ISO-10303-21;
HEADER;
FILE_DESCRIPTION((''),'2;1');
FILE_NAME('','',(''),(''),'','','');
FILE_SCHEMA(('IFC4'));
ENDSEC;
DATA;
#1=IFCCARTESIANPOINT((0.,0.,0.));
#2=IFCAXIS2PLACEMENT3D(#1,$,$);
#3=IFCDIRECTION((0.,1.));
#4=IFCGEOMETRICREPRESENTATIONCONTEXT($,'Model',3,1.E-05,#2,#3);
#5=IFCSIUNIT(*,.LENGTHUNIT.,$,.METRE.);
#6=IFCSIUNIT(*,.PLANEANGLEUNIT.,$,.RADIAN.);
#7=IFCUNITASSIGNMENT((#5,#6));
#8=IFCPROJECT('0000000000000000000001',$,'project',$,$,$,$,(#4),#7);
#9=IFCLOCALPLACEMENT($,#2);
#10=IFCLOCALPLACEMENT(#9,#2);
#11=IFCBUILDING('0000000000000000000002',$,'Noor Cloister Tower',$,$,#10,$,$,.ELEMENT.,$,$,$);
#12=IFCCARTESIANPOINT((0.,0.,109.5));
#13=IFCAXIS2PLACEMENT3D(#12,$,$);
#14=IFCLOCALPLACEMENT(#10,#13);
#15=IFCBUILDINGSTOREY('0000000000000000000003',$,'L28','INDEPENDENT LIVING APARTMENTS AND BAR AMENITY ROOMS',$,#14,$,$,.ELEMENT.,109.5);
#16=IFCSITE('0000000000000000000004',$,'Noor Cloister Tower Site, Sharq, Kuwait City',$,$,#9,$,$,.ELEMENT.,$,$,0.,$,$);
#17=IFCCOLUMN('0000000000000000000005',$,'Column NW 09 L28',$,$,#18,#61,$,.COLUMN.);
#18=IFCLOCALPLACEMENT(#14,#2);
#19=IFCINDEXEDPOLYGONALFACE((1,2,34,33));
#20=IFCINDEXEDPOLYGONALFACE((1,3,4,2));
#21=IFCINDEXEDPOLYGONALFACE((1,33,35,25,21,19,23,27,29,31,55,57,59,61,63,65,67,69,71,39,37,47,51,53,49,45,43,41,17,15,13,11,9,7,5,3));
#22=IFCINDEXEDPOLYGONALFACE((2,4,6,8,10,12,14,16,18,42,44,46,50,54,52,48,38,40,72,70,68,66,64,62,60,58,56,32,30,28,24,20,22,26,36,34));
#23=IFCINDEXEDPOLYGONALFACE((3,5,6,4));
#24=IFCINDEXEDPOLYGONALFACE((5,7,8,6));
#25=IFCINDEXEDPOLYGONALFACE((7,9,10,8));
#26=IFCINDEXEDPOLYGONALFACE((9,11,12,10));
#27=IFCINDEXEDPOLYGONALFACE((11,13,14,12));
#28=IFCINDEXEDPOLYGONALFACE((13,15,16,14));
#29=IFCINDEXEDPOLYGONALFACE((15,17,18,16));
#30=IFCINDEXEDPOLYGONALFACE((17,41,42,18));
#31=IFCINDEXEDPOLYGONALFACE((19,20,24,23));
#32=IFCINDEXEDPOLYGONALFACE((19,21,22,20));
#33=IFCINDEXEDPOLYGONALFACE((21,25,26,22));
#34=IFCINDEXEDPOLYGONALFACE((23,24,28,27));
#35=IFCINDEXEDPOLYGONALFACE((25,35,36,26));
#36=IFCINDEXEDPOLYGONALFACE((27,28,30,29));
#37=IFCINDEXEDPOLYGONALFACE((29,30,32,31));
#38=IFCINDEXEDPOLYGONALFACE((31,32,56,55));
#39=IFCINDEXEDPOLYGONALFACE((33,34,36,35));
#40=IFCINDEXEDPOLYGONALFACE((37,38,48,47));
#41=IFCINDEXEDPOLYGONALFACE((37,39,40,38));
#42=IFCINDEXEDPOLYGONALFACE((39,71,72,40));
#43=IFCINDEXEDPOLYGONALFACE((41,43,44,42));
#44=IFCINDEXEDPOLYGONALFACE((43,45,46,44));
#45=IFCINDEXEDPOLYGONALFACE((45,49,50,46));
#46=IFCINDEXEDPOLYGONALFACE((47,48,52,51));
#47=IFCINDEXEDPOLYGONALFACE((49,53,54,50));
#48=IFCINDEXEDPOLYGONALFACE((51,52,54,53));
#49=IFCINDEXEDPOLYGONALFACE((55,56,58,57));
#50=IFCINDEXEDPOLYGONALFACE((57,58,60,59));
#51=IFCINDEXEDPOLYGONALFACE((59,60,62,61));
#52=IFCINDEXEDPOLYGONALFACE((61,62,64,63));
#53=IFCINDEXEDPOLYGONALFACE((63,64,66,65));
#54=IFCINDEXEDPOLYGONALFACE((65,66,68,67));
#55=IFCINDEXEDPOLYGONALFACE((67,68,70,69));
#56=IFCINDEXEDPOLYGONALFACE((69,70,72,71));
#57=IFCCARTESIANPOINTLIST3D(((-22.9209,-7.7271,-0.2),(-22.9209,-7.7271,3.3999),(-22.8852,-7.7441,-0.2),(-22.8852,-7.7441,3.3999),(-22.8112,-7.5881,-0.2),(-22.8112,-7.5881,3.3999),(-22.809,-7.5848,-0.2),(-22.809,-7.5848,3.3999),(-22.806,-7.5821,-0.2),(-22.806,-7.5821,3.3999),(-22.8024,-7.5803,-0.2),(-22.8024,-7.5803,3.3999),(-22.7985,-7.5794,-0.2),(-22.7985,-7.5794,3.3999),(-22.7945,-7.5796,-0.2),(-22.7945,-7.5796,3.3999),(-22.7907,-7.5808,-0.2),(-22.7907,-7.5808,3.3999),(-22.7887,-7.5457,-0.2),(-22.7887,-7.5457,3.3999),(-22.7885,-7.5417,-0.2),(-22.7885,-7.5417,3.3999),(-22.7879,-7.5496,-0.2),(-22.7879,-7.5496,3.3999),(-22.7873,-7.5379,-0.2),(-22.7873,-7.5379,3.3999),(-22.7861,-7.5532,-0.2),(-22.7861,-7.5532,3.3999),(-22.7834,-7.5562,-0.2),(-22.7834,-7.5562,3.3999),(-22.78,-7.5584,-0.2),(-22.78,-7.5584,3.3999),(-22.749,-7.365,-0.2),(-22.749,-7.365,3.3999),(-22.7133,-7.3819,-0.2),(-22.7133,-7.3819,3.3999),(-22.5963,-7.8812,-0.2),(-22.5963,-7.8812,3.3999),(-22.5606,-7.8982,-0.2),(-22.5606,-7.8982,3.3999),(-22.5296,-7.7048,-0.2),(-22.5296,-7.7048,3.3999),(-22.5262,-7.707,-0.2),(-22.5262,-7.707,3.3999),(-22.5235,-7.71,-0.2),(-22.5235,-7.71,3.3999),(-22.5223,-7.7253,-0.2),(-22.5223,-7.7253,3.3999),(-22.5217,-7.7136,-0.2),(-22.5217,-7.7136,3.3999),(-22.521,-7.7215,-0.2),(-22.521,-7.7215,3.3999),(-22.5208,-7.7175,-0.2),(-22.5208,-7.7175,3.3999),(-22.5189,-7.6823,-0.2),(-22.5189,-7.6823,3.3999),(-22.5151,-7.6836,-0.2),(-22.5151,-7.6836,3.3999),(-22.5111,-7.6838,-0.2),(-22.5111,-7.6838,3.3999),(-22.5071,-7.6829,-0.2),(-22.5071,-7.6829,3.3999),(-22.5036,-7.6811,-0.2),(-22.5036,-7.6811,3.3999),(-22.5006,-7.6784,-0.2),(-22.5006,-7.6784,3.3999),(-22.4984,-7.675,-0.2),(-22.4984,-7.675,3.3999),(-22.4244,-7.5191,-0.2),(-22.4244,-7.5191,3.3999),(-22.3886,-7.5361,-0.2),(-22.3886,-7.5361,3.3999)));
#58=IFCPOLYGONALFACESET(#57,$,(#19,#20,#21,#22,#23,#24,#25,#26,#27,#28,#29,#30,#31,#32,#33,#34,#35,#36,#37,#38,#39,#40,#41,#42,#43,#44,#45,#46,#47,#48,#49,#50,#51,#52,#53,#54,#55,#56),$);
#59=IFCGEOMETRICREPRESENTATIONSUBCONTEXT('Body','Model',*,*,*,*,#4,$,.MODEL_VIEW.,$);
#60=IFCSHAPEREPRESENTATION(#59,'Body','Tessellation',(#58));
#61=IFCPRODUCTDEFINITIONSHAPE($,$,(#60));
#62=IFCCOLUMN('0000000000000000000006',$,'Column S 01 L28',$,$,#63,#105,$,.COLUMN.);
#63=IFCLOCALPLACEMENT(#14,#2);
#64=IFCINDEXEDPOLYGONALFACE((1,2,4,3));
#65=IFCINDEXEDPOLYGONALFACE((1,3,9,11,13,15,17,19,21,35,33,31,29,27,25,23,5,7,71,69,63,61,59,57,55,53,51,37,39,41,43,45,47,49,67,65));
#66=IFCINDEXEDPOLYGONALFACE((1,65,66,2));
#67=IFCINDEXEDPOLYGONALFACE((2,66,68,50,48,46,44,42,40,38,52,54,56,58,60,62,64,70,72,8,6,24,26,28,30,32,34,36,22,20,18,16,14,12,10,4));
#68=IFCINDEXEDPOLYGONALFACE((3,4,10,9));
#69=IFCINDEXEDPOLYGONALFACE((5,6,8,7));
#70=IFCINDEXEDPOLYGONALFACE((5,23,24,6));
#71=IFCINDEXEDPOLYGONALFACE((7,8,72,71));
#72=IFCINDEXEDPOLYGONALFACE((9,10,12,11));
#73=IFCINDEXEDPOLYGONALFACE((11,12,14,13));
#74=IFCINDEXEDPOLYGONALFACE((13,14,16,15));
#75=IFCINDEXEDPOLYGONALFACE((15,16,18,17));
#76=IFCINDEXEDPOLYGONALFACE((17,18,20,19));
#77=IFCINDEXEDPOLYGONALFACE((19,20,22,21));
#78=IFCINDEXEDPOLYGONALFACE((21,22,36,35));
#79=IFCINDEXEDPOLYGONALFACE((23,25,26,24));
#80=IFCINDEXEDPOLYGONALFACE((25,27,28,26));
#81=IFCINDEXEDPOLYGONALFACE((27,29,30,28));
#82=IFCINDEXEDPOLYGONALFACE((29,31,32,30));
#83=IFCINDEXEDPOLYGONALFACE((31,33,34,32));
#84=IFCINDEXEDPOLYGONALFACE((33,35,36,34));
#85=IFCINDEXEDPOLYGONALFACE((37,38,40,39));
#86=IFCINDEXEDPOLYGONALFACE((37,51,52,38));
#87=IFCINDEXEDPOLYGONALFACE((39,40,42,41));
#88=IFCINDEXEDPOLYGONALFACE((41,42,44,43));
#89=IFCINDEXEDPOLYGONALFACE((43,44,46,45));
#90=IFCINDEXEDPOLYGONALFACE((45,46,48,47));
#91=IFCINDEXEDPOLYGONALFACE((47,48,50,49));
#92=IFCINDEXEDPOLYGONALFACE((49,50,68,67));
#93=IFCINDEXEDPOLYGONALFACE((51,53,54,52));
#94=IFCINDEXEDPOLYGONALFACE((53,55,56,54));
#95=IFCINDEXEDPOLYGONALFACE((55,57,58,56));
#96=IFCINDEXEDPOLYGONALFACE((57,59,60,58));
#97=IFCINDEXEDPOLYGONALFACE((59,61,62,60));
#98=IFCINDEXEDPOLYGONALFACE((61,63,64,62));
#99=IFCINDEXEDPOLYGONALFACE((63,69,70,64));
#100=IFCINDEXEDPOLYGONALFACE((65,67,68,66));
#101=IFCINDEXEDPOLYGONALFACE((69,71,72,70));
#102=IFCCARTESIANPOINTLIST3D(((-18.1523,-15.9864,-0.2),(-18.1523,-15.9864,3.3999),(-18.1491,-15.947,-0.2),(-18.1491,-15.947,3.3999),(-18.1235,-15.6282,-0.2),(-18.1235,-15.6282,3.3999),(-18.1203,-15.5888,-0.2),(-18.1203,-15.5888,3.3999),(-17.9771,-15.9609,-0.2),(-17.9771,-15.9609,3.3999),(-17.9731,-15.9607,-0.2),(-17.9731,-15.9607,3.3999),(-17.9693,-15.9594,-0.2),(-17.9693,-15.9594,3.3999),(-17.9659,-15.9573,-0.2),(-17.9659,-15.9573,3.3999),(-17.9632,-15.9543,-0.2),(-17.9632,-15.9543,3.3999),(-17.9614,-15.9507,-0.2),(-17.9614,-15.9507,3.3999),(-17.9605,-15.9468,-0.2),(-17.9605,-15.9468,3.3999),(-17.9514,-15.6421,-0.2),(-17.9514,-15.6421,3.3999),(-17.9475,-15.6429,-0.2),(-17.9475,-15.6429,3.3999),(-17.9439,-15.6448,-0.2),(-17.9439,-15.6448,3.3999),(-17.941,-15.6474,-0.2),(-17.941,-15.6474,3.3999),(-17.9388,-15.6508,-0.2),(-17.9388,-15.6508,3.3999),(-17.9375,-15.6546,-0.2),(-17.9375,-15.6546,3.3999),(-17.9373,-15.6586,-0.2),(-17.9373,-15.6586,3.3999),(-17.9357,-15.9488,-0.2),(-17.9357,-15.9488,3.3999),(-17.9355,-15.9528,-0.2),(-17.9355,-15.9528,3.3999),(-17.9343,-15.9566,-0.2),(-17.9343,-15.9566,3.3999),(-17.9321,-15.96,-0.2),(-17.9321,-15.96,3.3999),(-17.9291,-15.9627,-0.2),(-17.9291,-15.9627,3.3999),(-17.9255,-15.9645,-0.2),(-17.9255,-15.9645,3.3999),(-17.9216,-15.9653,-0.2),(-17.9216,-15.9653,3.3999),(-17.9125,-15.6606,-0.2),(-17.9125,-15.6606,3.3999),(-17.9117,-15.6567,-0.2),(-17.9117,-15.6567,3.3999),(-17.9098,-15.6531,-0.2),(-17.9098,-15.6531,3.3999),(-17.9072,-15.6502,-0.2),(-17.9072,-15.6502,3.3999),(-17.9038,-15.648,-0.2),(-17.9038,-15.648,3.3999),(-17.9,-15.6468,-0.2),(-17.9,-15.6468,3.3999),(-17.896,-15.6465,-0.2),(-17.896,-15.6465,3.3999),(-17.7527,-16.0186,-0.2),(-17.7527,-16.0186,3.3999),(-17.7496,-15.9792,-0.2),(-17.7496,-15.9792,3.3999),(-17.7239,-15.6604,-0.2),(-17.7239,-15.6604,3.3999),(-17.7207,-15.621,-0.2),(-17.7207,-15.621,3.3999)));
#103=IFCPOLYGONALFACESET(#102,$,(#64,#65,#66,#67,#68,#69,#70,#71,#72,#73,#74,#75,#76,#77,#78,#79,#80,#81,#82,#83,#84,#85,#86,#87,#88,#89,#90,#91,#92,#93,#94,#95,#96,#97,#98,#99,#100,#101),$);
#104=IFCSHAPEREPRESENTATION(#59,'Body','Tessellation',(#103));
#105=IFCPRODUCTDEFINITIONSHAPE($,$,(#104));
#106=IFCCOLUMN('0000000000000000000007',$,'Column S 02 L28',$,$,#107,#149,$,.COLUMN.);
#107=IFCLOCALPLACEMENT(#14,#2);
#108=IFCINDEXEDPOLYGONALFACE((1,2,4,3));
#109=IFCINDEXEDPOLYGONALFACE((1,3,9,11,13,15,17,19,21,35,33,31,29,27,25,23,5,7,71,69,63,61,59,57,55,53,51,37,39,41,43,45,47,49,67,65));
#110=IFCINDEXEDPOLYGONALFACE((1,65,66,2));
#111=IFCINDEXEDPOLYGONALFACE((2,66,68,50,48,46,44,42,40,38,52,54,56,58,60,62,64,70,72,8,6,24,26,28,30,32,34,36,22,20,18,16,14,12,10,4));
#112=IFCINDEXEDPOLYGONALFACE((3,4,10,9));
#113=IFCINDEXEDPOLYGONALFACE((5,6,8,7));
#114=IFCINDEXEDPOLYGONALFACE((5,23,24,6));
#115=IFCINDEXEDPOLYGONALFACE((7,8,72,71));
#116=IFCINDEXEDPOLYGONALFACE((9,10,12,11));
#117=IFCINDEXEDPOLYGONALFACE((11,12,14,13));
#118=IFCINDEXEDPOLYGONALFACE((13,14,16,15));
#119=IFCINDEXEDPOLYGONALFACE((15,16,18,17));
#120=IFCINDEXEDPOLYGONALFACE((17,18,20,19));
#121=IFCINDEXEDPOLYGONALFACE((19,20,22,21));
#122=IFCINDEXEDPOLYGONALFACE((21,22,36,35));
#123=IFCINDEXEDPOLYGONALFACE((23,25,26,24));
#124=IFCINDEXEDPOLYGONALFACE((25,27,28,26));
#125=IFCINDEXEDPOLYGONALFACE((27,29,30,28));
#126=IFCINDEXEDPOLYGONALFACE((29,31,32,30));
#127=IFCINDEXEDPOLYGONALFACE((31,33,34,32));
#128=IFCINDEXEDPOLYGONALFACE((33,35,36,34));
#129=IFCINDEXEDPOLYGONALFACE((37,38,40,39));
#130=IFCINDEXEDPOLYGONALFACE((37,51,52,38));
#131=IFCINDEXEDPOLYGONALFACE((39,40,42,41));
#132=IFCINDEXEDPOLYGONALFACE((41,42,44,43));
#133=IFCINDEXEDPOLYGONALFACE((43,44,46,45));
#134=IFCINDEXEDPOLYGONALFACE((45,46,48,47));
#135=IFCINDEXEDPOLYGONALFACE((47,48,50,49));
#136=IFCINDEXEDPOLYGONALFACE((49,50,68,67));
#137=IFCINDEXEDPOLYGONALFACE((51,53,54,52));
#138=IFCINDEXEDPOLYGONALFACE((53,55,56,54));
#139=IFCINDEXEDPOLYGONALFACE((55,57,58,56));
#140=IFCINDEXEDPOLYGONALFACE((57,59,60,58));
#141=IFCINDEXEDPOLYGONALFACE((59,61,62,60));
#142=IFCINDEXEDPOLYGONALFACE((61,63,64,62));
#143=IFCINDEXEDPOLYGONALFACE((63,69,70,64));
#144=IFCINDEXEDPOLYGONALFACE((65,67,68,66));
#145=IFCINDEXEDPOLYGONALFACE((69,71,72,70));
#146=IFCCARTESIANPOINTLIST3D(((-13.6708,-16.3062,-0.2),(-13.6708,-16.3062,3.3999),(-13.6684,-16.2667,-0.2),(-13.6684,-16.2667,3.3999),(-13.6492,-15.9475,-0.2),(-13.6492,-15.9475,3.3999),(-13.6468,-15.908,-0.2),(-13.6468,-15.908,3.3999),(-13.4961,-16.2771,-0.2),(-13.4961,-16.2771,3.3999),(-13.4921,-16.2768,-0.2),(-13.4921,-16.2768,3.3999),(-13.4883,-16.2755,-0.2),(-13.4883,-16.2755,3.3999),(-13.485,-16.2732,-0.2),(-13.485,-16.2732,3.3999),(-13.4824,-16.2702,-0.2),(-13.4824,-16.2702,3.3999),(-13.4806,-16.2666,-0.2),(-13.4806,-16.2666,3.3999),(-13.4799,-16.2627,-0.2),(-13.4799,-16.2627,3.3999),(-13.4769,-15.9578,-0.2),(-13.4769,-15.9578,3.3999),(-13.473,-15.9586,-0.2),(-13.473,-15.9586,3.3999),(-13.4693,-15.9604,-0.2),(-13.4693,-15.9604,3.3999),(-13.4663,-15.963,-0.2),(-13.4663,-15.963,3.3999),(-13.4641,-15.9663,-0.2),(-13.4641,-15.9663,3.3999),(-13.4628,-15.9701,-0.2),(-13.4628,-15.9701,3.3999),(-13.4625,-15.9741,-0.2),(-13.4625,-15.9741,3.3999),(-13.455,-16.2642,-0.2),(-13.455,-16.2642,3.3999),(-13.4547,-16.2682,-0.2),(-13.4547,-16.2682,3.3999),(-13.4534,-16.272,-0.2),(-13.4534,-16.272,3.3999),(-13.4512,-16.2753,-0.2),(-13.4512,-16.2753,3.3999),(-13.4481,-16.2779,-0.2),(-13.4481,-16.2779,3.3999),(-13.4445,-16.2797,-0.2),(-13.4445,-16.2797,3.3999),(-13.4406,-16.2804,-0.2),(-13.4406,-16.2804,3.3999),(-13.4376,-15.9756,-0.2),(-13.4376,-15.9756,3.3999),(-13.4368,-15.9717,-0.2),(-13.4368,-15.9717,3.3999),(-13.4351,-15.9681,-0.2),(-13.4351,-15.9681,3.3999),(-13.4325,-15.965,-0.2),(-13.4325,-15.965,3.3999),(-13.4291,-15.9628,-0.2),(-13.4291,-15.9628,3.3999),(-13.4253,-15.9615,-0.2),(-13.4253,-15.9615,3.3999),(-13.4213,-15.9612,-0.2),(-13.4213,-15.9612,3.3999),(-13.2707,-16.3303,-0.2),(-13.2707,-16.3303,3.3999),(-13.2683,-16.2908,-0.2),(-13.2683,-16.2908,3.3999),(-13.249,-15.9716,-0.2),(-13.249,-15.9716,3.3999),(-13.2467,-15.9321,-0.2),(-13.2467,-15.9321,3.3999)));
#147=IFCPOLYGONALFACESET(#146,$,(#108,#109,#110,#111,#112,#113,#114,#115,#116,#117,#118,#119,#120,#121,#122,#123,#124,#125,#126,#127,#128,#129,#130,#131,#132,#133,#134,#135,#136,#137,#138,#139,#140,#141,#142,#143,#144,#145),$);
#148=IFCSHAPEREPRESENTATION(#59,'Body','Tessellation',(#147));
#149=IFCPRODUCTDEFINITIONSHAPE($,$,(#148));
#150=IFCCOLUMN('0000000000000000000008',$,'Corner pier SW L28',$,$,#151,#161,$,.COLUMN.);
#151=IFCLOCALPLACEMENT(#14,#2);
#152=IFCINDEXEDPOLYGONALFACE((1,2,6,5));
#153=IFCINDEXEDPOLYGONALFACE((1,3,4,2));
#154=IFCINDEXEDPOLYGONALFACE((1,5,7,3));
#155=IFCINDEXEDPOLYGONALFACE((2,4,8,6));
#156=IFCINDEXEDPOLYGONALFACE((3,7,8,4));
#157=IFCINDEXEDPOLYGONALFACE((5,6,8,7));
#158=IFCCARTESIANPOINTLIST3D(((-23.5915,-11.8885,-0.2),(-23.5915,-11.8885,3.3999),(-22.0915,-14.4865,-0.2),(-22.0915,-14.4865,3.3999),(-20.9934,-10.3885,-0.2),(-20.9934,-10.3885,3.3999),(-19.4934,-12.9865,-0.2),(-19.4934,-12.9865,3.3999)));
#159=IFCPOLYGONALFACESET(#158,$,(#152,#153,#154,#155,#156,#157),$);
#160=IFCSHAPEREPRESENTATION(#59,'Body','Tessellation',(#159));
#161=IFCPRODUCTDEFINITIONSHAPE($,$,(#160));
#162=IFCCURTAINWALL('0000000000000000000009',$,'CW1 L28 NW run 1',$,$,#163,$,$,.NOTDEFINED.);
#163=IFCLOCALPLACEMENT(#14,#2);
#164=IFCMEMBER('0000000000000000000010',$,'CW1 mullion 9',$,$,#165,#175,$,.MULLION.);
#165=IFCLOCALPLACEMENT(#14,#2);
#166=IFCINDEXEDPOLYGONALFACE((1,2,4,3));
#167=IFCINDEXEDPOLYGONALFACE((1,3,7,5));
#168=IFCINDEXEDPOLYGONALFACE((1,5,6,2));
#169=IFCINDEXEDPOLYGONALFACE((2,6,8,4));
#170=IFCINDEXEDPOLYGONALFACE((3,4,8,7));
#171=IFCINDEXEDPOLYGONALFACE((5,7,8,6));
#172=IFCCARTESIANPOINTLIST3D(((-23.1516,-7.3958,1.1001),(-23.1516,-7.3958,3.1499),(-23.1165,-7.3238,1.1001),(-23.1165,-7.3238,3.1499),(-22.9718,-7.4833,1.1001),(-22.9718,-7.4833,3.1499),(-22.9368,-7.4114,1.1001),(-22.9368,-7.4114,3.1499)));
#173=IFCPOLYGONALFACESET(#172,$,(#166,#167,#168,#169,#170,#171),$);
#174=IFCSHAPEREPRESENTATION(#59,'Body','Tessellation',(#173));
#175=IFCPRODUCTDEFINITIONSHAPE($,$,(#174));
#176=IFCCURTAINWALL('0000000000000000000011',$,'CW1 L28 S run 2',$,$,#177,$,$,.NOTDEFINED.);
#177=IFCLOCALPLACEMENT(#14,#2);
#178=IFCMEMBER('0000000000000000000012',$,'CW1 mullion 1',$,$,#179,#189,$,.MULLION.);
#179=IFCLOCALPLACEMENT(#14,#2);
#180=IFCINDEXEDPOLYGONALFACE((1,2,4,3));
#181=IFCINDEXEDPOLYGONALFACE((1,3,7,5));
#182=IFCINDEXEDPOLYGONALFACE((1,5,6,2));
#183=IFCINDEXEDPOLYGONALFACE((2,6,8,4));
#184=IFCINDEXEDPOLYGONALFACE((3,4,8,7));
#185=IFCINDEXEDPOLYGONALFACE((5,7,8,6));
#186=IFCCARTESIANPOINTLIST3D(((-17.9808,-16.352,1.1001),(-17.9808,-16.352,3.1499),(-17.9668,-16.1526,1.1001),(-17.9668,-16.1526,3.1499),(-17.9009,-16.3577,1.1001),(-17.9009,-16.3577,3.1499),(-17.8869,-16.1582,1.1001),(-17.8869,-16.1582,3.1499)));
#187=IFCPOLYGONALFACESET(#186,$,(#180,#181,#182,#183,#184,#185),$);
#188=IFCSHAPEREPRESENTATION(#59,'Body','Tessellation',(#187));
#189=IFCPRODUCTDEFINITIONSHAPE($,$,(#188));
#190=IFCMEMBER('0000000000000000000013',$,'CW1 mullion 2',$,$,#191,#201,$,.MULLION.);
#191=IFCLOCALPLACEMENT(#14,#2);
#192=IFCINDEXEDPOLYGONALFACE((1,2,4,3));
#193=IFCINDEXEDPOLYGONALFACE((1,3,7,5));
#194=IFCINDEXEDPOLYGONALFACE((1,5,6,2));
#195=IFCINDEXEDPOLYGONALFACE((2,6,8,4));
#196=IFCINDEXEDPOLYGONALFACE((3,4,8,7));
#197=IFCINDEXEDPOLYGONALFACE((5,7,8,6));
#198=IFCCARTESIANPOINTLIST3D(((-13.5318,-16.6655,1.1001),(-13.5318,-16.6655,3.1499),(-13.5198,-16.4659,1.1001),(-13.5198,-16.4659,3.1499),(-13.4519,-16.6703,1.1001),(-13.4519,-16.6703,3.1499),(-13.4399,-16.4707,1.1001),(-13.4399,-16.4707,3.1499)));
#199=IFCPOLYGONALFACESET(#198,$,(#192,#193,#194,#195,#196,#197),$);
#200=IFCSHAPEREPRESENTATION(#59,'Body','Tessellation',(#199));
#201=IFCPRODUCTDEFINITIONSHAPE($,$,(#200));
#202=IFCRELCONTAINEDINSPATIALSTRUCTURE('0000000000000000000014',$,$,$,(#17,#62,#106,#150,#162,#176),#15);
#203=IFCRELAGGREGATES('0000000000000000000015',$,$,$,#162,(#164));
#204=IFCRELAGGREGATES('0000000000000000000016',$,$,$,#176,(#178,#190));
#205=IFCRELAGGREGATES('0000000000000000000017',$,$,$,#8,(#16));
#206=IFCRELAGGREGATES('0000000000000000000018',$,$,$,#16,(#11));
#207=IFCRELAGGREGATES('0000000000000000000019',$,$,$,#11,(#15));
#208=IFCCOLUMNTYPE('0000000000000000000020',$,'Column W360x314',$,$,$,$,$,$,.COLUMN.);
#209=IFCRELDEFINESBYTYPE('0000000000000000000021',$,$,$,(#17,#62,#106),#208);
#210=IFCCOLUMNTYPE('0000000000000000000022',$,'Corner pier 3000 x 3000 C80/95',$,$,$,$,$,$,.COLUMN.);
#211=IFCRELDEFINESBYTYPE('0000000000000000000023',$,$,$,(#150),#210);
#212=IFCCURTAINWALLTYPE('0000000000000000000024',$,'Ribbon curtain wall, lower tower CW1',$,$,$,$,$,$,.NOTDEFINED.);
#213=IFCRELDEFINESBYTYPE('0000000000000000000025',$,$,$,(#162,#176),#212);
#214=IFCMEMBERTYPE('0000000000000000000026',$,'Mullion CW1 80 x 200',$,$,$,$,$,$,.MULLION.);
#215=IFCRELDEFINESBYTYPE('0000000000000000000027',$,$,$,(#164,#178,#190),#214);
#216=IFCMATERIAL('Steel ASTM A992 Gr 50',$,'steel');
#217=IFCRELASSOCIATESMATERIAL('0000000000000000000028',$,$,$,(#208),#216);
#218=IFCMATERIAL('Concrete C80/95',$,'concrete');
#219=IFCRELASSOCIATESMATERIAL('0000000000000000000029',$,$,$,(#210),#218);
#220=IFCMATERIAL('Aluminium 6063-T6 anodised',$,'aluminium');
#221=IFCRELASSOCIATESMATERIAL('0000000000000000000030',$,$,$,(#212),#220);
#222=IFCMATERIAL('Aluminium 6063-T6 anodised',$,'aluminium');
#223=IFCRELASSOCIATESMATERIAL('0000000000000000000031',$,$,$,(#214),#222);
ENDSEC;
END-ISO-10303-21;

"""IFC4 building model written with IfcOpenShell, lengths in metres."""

from ifc_helpers import new_model, si_unit, direction, frame, origin, origin_2d, place, context, subcontext, project, spatial, rectangle, i_section, extrude, material, material_profile, profile_set, type_object, element, aggregate, save


model = new_model("IFC4")

# Units and contexts
model_context = context("Model", 3, precision=1e-05, world=origin(), true_north=direction((0.0, 1.0)))
body_context = subcontext(model_context, "Body", "Model", "MODEL_VIEW")
ifc_project = project(units=[si_unit("LENGTHUNIT", "METRE"), si_unit("PLANEANGLEUNIT", "RADIAN")], contexts=[model_context])

# Site, building, storey
site_placement = place(None, origin())
site = spatial("IfcSite", under=ifc_project, at=site_placement, Name="Noor Cloister Tower Site, Sharq, Kuwait City", CompositionType="ELEMENT", RefElevation=0.0)
building_placement = place(site_placement, origin())
building = spatial("IfcBuilding", under=site, at=building_placement, Name="Noor Cloister Tower", CompositionType="ELEMENT")
storey_placement = place(building_placement, frame((0.0, 0.0, 109.5)))
storey = spatial("IfcBuildingStorey", under=building, at=storey_placement, Name="L28", Description="INDEPENDENT LIVING APARTMENTS AND BAR AMENITY ROOMS", CompositionType="ELEMENT", Elevation=109.5)

# Columns
ifc_material_1 = material(Name="Steel ASTM A992 Gr 50", Category="steel")
ifc_material_profile_1 = material_profile(ifc_material_1, i_section(OverallWidth=0.4009, OverallDepth=0.3989, WebThickness=0.0249, FlangeThickness=0.0396, FilletRadius=0.0154, at=origin_2d()), Name="W360x314")
ifc_profile_set_1 = profile_set([ifc_material_profile_1], Name="Steel ASTM A992 Gr 50")
column_type_1 = type_object("IfcColumnType", Name="Column W360x314", PredefinedType="COLUMN", material=ifc_profile_set_1)
for number, where, z_axis, x_axis, name in (
    (1, (-22.6548, -7.6316, -0.2), (0.0, 0.0, 1.0), (-0.428908, -0.903348, 0.0), "Column NW 09 L28"),
    (2, (-17.9365, -15.8037, -0.2), (0.0, 0.0, 1.0), (0.996776, -0.080229, 0.0), "Column S 01 L28"),
    (3, (-13.4587, -16.1191, -0.2), (0.0, 0.0, 1.0), (0.998186, -0.0602, 0.0), "Column S 02 L28"),
):
    element("IfcColumn", number, at=place(storey_placement, frame(where, z_axis=z_axis, x_axis=x_axis)), inside=storey, type_object=column_type_1, Name=name, PredefinedType="COLUMN", context=body_context, shape_type="SweptSolid", body=[
        extrude(i_section(OverallWidth=0.4009, OverallDepth=0.3989, WebThickness=0.0249, FlangeThickness=0.0396, FilletRadius=0.0154, at=origin_2d()), origin(), (0.0, 0.0, 1.0), 3.5999),
    ])
ifc_material_2 = material(Name="Concrete C80/95", Category="concrete")
ifc_material_profile_2 = material_profile(ifc_material_2, rectangle(XDim=3.0, YDim=3.0, at=origin_2d()), Name="RC 3000x3000")
ifc_profile_set_2 = profile_set([ifc_material_profile_2], Name="Concrete C80/95")
column_type_2 = type_object("IfcColumnType", Name="Corner pier 3000 x 3000 C80/95", PredefinedType="COLUMN", material=ifc_profile_set_2)
column_placement = place(storey_placement, frame((-21.5425, -12.4375, -0.2), z_axis=(0.0, 0.0, 1.0), x_axis=(-0.866025, -0.5, 0.0)))
element("IfcColumn", 4, at=column_placement, inside=storey, type_object=column_type_2, Name="Corner pier SW L28", PredefinedType="COLUMN", context=body_context, shape_type="SweptSolid", body=[
    extrude(rectangle(XDim=3.0, YDim=3.0, at=origin_2d()), origin(), (0.0, 0.0, 1.0), 3.5999),
])

# Curtain wall, member
ifc_material_3 = material(Name="Aluminium 6063-T6 anodised", Category="aluminium")
curtain_wall_type = type_object("IfcCurtainWallType", Name="Ribbon curtain wall, lower tower CW1", PredefinedType="NOTDEFINED", material=ifc_material_3)
curtain_wall_1_placement = place(storey_placement, origin())
curtain_wall_1 = element("IfcCurtainWall", 5, at=curtain_wall_1_placement, inside=storey, type_object=curtain_wall_type, Name="CW1 L28 NW run 1", PredefinedType="NOTDEFINED")
ifc_material_4 = material(Name="Aluminium 6063-T6 anodised", Category="aluminium")
ifc_material_profile_3 = material_profile(ifc_material_4, rectangle(XDim=0.2, YDim=0.0801, at=origin_2d()), Name="200 x 80 mullion")
ifc_profile_set_3 = profile_set([ifc_material_profile_3], Name="Aluminium 6063-T6 anodised")
member_type = type_object("IfcMemberType", Name="Mullion CW1 80 x 200", PredefinedType="MULLION", material=ifc_profile_set_3)
member_1_placement = place(storey_placement, frame((-23.0442, -7.4036, 1.1001), z_axis=(0.0, 0.0, 1.0), x_axis=(0.898997, -0.437955, 0.0)))
member_1 = element("IfcMember", 6, at=member_1_placement, type_object=member_type, Name="CW1 mullion 9", PredefinedType="MULLION", context=body_context, shape_type="SweptSolid", body=[
    extrude(rectangle(XDim=0.2, YDim=0.0801, at=origin_2d()), origin(), (0.0, 0.0, 1.0), 2.0498),
])
aggregate(curtain_wall_1, [member_1])

# Curtain wall, members
curtain_wall_2_placement = place(storey_placement, origin())
curtain_wall_2 = element("IfcCurtainWall", 7, at=curtain_wall_2_placement, inside=storey, type_object=curtain_wall_type, Name="CW1 L28 S run 2", PredefinedType="NOTDEFINED")
member_2_placement = place(storey_placement, frame((-17.9338, -16.2551, 1.1001), z_axis=(0.0, 0.0, 1.0), x_axis=(0.070218, 0.997532, 0.0)))
member_2 = element("IfcMember", 8, at=member_2_placement, type_object=member_type, Name="CW1 mullion 1", PredefinedType="MULLION", context=body_context, shape_type="SweptSolid", body=[
    extrude(rectangle(XDim=0.2, YDim=0.0801, at=origin_2d()), origin(), (0.0, 0.0, 1.0), 2.0498),
])
member_3_placement = place(storey_placement, frame((-13.4858, -16.5681, 1.1001), z_axis=(0.0, 0.0, 1.0), x_axis=(0.0602, 0.998186, 0.0)))
member_3 = element("IfcMember", 9, at=member_3_placement, type_object=member_type, Name="CW1 mullion 2", PredefinedType="MULLION", context=body_context, shape_type="SweptSolid", body=[
    extrude(rectangle(XDim=0.2, YDim=0.0801, at=origin_2d()), origin(), (0.0, 0.0, 1.0), 2.0498),
])

aggregate(curtain_wall_2, [member_2, member_3])

save(model, "model.ifc")
